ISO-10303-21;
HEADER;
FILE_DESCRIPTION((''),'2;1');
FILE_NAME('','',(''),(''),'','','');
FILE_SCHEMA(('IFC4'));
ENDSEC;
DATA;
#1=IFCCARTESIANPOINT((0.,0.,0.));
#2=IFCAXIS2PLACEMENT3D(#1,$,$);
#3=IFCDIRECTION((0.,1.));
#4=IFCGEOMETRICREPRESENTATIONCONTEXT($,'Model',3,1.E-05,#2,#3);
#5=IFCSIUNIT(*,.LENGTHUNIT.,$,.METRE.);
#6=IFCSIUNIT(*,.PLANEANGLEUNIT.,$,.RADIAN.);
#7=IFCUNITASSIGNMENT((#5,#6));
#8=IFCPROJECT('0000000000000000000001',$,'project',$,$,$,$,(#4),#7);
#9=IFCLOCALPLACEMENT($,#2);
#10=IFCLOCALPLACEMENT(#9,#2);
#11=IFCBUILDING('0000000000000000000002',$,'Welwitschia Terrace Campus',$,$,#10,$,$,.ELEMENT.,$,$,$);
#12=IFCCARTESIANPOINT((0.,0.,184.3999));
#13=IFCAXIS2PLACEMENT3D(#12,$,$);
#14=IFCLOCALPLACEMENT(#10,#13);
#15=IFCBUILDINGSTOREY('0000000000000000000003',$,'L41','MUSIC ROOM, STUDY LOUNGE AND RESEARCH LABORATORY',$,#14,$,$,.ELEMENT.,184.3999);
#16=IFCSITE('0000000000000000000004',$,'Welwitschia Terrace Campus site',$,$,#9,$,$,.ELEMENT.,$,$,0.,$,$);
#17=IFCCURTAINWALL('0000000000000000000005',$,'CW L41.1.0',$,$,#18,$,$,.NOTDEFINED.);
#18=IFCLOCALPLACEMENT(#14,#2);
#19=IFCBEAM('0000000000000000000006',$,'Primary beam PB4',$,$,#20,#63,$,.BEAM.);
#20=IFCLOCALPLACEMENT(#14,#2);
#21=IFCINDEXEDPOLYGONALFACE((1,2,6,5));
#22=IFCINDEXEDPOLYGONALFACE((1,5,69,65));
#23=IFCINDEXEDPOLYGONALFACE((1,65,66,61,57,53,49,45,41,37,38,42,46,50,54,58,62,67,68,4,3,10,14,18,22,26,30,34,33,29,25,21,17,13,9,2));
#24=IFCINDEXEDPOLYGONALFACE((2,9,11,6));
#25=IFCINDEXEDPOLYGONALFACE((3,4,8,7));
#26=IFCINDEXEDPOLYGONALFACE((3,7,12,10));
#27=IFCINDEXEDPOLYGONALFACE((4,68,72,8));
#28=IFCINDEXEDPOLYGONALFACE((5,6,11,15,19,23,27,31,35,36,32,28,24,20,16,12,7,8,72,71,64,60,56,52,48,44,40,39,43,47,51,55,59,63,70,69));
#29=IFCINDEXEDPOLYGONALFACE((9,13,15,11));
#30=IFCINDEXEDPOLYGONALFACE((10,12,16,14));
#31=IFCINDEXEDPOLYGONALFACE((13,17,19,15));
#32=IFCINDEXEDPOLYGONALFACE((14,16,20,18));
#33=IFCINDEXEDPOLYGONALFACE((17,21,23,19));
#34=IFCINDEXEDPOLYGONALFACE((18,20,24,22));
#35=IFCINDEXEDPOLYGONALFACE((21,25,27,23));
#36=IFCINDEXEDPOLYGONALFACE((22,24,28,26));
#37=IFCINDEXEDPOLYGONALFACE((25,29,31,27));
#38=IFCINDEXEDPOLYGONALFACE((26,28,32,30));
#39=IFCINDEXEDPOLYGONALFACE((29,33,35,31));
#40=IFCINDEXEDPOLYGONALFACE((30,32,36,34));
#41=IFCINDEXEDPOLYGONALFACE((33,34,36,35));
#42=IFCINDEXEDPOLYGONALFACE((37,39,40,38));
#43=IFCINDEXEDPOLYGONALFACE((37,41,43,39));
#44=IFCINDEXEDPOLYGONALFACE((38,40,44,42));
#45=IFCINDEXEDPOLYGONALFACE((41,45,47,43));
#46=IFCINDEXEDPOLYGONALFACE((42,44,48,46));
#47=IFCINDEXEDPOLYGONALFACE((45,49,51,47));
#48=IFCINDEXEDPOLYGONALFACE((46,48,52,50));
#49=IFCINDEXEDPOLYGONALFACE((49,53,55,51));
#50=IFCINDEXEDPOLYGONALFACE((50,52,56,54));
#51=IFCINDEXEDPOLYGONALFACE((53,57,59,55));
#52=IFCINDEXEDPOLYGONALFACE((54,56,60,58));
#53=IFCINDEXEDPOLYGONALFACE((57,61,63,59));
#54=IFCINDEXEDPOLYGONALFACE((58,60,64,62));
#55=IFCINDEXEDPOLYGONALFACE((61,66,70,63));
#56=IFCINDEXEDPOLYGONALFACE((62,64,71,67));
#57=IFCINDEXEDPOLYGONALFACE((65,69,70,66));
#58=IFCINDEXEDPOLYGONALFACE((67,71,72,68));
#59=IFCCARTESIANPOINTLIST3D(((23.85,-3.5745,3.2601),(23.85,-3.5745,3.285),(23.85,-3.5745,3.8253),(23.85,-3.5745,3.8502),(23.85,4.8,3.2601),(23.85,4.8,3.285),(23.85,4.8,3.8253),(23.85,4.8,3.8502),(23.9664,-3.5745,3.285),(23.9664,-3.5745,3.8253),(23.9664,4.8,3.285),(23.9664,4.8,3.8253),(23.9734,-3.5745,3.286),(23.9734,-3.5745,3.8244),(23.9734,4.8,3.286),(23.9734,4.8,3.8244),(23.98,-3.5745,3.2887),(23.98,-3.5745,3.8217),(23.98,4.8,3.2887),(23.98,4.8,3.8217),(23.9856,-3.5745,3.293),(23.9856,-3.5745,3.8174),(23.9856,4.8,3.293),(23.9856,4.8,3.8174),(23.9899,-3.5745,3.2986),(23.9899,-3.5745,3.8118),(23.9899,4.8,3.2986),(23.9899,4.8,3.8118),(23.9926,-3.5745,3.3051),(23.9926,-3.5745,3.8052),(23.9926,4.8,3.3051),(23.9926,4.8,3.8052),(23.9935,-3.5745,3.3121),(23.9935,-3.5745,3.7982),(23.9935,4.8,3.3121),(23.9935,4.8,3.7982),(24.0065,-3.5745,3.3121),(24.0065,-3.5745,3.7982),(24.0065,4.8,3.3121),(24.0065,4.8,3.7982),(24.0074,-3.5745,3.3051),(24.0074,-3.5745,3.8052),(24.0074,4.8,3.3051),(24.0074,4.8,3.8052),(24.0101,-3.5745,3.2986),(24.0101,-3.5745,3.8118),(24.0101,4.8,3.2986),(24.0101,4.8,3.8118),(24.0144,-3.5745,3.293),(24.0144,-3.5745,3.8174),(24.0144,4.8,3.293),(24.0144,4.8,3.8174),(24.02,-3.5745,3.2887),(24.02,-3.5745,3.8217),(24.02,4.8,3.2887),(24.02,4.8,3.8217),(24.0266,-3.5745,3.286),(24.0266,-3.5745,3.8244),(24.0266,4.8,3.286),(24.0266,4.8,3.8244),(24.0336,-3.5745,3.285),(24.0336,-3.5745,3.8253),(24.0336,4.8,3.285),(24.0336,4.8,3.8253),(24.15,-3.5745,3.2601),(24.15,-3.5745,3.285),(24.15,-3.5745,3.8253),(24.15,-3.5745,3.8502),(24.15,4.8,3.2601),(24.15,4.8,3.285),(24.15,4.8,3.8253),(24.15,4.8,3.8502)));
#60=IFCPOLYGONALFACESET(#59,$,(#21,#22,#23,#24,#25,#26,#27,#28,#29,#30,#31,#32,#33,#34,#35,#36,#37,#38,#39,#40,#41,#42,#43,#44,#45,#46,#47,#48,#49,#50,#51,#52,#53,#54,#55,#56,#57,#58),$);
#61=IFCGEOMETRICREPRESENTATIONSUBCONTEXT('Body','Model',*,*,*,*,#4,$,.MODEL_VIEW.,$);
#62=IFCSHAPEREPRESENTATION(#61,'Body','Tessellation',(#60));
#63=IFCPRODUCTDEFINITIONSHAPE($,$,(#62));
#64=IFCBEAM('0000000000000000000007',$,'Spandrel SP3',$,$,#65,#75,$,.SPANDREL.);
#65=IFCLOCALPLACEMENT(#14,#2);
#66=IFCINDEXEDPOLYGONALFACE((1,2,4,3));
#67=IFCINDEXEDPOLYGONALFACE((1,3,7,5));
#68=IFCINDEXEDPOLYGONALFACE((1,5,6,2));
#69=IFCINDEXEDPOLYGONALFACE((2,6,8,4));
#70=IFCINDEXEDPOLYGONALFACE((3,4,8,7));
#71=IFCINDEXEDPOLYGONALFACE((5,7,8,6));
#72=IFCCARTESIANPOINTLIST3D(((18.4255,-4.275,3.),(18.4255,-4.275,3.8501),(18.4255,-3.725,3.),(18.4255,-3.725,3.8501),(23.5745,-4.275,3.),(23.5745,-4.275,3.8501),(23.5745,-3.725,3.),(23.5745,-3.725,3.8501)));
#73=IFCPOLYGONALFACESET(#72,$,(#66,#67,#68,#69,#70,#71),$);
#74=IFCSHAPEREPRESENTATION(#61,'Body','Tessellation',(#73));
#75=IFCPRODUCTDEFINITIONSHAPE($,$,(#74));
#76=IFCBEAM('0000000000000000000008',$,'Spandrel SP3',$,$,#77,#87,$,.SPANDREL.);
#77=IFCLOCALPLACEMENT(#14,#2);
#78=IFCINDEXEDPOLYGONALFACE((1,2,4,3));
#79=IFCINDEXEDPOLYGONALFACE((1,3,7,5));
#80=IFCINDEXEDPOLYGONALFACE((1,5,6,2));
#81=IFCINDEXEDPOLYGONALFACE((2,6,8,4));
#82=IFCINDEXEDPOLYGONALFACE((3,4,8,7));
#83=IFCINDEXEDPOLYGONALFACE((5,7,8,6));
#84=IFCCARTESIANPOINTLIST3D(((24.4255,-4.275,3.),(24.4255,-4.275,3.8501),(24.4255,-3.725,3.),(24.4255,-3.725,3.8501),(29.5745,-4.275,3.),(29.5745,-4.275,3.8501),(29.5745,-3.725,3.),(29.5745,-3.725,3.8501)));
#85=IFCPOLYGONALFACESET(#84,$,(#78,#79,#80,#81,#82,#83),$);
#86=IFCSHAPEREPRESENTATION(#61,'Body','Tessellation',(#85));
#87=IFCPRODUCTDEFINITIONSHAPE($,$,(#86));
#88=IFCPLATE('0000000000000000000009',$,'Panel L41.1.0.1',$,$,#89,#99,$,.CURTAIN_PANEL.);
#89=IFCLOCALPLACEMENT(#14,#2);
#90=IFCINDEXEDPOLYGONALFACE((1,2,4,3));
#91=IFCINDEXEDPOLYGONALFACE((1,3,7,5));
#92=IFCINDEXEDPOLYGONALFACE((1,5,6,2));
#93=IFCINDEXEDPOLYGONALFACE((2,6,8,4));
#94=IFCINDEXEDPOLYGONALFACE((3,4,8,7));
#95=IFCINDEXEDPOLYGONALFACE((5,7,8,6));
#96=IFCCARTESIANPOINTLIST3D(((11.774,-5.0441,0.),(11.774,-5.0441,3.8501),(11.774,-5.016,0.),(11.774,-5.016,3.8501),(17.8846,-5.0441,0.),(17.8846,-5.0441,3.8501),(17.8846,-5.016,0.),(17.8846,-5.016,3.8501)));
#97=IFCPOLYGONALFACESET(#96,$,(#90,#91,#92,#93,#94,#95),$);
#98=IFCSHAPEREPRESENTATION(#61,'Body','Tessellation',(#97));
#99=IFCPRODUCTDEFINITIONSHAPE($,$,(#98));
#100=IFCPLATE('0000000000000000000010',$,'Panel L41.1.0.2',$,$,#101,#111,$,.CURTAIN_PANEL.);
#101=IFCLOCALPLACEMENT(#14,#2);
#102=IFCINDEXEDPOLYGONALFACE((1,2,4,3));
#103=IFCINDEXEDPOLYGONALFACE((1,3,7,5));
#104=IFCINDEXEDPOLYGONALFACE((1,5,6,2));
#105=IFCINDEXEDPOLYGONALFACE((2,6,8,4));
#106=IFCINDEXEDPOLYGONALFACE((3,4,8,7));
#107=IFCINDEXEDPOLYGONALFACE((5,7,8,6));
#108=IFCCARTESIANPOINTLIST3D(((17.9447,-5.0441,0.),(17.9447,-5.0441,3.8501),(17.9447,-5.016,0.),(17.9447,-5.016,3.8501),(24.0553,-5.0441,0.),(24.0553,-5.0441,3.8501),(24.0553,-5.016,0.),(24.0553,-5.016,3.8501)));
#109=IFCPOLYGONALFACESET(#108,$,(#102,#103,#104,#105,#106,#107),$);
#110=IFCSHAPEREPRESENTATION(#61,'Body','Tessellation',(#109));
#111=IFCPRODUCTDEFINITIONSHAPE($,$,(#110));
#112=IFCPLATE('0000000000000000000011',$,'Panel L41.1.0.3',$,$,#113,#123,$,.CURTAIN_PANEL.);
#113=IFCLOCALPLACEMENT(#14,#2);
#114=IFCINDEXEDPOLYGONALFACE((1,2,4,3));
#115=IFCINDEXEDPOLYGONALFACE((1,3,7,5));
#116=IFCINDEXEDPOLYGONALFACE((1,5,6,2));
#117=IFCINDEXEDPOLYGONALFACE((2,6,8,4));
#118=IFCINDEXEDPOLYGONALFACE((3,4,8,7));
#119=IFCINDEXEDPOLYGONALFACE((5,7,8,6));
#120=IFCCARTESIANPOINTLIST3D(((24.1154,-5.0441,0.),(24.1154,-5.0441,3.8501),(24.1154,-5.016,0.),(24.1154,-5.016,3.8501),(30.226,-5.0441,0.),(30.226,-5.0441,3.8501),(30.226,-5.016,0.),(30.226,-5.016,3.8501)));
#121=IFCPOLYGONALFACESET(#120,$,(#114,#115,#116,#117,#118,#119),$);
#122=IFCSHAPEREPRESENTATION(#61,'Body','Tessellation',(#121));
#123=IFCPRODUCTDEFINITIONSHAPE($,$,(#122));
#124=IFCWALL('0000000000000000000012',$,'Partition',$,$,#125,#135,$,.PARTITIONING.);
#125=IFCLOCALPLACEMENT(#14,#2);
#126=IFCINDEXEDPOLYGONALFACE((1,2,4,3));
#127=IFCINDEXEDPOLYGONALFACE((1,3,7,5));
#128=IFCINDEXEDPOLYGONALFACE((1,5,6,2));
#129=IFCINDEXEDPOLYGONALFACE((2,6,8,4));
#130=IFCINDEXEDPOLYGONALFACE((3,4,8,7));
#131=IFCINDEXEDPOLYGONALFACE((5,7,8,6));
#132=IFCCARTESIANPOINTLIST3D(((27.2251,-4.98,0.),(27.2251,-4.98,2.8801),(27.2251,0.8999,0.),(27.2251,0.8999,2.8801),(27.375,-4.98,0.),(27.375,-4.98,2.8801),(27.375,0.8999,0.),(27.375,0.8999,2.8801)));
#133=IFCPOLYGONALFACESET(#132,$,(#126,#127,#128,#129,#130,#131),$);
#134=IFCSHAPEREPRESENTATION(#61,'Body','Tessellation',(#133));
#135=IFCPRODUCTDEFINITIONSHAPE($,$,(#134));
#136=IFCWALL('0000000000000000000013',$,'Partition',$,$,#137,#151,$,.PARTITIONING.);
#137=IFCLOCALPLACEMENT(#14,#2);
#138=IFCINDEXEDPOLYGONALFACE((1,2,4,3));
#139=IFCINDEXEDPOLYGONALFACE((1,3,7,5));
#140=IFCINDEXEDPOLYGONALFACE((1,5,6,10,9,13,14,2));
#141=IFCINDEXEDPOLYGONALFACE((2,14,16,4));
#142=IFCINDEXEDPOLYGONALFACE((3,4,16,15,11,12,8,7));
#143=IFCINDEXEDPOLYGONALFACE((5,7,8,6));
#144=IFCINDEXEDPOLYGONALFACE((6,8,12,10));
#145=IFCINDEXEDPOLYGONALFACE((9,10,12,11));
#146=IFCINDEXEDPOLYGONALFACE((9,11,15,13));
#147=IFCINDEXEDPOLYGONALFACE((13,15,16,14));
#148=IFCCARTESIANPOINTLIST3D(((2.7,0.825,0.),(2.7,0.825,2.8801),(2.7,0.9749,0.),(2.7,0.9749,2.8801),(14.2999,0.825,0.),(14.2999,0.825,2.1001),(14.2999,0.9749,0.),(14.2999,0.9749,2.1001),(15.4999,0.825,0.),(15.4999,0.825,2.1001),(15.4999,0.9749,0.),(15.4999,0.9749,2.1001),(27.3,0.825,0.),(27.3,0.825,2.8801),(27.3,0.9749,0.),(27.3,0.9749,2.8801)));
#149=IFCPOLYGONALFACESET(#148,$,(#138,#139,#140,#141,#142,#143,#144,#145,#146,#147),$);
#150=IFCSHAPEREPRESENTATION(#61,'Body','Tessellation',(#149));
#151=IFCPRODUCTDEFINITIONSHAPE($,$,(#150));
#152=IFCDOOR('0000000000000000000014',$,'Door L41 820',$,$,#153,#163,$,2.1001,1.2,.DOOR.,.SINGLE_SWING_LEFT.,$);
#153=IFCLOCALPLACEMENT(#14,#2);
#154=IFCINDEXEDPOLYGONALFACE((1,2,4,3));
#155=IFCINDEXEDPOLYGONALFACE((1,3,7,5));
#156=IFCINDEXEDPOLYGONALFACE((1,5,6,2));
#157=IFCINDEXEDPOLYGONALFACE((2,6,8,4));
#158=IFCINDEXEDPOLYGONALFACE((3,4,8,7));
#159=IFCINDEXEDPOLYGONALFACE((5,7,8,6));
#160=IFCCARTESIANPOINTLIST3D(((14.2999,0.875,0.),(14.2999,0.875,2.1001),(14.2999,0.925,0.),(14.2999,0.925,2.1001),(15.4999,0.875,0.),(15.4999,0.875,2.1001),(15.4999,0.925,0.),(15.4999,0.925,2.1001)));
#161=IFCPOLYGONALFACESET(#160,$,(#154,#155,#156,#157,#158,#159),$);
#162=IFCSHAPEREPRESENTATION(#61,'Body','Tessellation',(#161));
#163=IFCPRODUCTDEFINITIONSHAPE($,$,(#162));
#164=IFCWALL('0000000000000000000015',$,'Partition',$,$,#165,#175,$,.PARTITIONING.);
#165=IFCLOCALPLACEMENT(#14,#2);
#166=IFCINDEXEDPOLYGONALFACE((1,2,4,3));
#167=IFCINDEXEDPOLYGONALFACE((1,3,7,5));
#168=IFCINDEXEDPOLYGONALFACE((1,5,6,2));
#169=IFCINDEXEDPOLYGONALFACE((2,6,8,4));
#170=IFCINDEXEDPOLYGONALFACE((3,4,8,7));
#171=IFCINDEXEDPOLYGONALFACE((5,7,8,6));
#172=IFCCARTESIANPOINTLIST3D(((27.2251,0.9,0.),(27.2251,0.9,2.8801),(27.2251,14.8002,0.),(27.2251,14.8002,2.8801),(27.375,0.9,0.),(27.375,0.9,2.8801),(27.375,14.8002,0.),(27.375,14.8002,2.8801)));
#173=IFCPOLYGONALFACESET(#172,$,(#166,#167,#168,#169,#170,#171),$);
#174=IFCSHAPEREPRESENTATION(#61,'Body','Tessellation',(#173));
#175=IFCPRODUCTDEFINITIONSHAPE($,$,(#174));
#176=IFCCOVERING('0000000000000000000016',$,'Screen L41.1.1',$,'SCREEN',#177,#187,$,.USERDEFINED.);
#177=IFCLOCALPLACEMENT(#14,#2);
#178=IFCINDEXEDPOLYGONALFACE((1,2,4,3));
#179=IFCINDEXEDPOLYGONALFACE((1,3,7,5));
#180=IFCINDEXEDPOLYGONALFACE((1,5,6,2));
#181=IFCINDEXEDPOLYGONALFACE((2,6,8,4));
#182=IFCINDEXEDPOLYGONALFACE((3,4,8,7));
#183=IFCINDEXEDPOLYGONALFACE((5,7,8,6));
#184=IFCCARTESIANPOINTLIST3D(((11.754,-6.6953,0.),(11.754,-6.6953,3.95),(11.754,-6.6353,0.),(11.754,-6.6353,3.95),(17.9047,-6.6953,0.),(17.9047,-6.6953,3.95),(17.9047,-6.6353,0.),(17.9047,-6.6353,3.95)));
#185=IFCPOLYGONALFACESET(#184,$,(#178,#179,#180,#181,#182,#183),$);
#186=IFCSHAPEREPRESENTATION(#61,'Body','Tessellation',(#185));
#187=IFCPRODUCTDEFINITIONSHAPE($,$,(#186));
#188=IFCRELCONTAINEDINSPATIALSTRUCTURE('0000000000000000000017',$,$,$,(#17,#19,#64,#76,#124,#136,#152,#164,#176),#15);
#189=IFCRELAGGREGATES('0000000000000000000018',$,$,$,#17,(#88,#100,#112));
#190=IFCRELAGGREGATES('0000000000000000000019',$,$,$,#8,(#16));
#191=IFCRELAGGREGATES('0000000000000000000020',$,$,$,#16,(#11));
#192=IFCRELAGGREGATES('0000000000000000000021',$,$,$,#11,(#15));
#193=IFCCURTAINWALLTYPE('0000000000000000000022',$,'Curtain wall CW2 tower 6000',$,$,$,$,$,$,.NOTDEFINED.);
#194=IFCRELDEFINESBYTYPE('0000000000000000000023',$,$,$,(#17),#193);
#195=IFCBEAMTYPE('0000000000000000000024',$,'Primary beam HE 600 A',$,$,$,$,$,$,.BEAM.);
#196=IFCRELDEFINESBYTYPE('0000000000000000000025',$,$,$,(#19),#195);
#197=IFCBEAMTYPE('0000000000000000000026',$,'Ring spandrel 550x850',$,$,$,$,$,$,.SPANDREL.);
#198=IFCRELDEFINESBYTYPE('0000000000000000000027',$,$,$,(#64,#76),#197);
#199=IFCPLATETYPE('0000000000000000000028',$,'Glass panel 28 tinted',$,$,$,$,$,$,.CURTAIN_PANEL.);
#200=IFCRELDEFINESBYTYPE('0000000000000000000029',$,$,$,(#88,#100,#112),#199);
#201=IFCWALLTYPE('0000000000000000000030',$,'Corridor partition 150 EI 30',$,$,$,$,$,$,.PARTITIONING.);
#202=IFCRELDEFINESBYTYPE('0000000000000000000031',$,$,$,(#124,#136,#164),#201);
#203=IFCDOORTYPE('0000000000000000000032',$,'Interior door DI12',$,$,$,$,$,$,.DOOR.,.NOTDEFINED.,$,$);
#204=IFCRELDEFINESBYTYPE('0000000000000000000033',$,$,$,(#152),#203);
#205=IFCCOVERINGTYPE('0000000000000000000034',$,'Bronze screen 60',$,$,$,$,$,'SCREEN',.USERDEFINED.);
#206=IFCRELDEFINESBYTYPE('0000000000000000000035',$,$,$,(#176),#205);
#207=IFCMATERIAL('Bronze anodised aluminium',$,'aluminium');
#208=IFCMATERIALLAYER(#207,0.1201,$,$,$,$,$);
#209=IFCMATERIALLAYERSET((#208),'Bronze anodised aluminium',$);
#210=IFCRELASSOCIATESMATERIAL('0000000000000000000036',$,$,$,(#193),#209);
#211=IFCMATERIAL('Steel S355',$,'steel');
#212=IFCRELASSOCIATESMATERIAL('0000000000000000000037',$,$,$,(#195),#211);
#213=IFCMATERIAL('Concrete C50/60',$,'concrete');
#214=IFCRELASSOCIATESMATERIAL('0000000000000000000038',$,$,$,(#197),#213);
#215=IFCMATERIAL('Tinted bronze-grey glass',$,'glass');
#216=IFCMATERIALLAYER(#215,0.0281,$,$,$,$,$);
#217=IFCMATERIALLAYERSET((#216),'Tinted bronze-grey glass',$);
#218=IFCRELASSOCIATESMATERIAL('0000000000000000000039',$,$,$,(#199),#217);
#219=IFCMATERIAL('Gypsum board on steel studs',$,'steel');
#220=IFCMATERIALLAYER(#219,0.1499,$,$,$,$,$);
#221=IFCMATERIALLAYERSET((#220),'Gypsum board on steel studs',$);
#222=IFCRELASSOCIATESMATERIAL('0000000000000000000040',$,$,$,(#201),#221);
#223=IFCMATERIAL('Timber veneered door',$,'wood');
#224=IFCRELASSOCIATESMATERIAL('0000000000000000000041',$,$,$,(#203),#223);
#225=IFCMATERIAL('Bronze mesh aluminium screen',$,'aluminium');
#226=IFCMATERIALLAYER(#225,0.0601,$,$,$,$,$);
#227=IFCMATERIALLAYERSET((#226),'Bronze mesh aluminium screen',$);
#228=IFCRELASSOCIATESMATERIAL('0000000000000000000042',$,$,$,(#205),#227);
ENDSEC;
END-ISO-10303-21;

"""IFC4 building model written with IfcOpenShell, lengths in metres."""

from ifc_helpers import new_model, si_unit, direction, frame, frame_2d, origin, origin_2d, place, context, subcontext, project, spatial, rectangle, i_section, extrude, material, layer, layer_set, material_profile, profile_set, type_object, element, fill, aggregate, save


model = new_model("IFC4")

# Units and contexts
model_context = context("Model", 3, precision=1e-05, world=origin(), true_north=direction((0.0, 1.0)))
body_context = subcontext(model_context, "Body", "Model", "MODEL_VIEW")
ifc_project = project(units=[si_unit("LENGTHUNIT", "METRE"), si_unit("PLANEANGLEUNIT", "RADIAN")], contexts=[model_context])

# Site, building, storey
site_placement = place(None, origin())
site = spatial("IfcSite", under=ifc_project, at=site_placement, Name="Welwitschia Terrace Campus site", CompositionType="ELEMENT", RefElevation=0.0)
building_placement = place(site_placement, origin())
building = spatial("IfcBuilding", under=site, at=building_placement, Name="Welwitschia Terrace Campus", CompositionType="ELEMENT")
storey_placement = place(building_placement, frame((0.0, 0.0, 184.3999)))
storey = spatial("IfcBuildingStorey", under=building, at=storey_placement, Name="L41", Description="MUSIC ROOM, STUDY LOUNGE AND RESEARCH LABORATORY", CompositionType="ELEMENT", Elevation=184.3999)

# Curtain wall
ifc_material_1 = material(Name="Bronze anodised aluminium", Category="aluminium")
ifc_layer_1 = layer(ifc_material_1, 0.1201)
ifc_layer_set_1 = layer_set([ifc_layer_1], Name="Bronze anodised aluminium")
curtain_wall_type = type_object("IfcCurtainWallType", Name="Curtain wall CW2 tower 6000", PredefinedType="NOTDEFINED", material=ifc_layer_set_1)
curtain_wall_placement = place(storey_placement, origin())
curtain_wall = element("IfcCurtainWall", 1, at=curtain_wall_placement, inside=storey, type_object=curtain_wall_type, Name="CW L41.1.0", PredefinedType="NOTDEFINED")

# Beams
ifc_material_2 = material(Name="Steel S355", Category="steel")
ifc_material_profile_1 = material_profile(ifc_material_2, i_section(OverallWidth=0.3, OverallDepth=0.5901, WebThickness=0.0129, FlangeThickness=0.0249, FilletRadius=0.0271, at=origin_2d()))
ifc_profile_set_1 = profile_set([ifc_material_profile_1], Name="Steel S355")
beam_type_1 = type_object("IfcBeamType", Name="Primary beam HE 600 A", PredefinedType="BEAM", material=ifc_profile_set_1)
beam_1_placement = place(storey_placement, frame((24.0, -3.5745, 3.5552), z_axis=(0.0, 1.0, 0.0), x_axis=(-1.0, 0.0, 0.0)))
element("IfcBeam", 2, at=beam_1_placement, inside=storey, type_object=beam_type_1, Name="Primary beam PB4", PredefinedType="BEAM", context=body_context, shape_type="SweptSolid", body=[
    extrude(i_section(OverallWidth=0.3, OverallDepth=0.5901, WebThickness=0.0129, FlangeThickness=0.0249, FilletRadius=0.0271, at=origin_2d()), origin(), (0.0, 0.0, 1.0), 8.3745),
])
ifc_material_3 = material(Name="Concrete C50/60", Category="concrete")
ifc_material_profile_2 = material_profile(ifc_material_3, rectangle(XDim=0.55, YDim=0.8501, at=origin_2d()))
ifc_profile_set_2 = profile_set([ifc_material_profile_2], Name="Concrete C50/60")
beam_type_2 = type_object("IfcBeamType", Name="Ring spandrel 550x850", PredefinedType="SPANDREL", material=ifc_profile_set_2)
for number, where, z_axis, x_axis, name in (
    (3, (18.4255, -4.0, 3.425), (1.0, 0.0, 0.0), (0.0, 1.0, 0.0), "Spandrel SP3"),
    (4, (24.4255, -4.0, 3.425), (1.0, 0.0, 0.0), (0.0, 1.0, 0.0), "Spandrel SP3"),
):
    element("IfcBeam", number, at=place(storey_placement, frame(where, z_axis=z_axis, x_axis=x_axis)), inside=storey, type_object=beam_type_2, Name=name, PredefinedType="SPANDREL", context=body_context, shape_type="SweptSolid", body=[
        extrude(rectangle(XDim=0.55, YDim=0.8501, at=origin_2d()), origin(), (0.0, 0.0, 1.0), 5.1489),
    ])

# Plates
ifc_material_4 = material(Name="Tinted bronze-grey glass", Category="glass")
ifc_layer_2 = layer(ifc_material_4, 0.0281)
ifc_layer_set_2 = layer_set([ifc_layer_2], Name="Tinted bronze-grey glass")
plate_type = type_object("IfcPlateType", Name="Glass panel 28 tinted", PredefinedType="CURTAIN_PANEL", material=ifc_layer_set_2)
plate_1_placement = place(storey_placement, frame((14.8293, -5.03, 0.0), z_axis=(0.0, 0.0, 1.0), x_axis=(1.0, 0.0, 0.0)))
plate_1 = element("IfcPlate", 5, at=plate_1_placement, type_object=plate_type, Name="Panel L41.1.0.1", PredefinedType="CURTAIN_PANEL", context=body_context, shape_type="SweptSolid", body=[
    extrude(rectangle(XDim=6.1106, YDim=0.0281, at=origin_2d()), origin(), (0.0, 0.0, 1.0), 3.8501),
])
plate_2_placement = place(storey_placement, frame((21.0, -5.03, 0.0), z_axis=(0.0, 0.0, 1.0), x_axis=(1.0, 0.0, 0.0)))
plate_2 = element("IfcPlate", 6, at=plate_2_placement, type_object=plate_type, Name="Panel L41.1.0.2", PredefinedType="CURTAIN_PANEL", context=body_context, shape_type="SweptSolid", body=[
    extrude(rectangle(XDim=6.1106, YDim=0.0281, at=origin_2d()), origin(), (0.0, 0.0, 1.0), 3.8501),
])
plate_3_placement = place(storey_placement, frame((27.1707, -5.03, 0.0), z_axis=(0.0, 0.0, 1.0), x_axis=(1.0, 0.0, 0.0)))
plate_3 = element("IfcPlate", 7, at=plate_3_placement, type_object=plate_type, Name="Panel L41.1.0.3", PredefinedType="CURTAIN_PANEL", context=body_context, shape_type="SweptSolid", body=[
    extrude(rectangle(XDim=6.1106, YDim=0.0281, at=origin_2d()), origin(), (0.0, 0.0, 1.0), 3.8501),
])
aggregate(curtain_wall, [plate_1, plate_2, plate_3])

# Wall
ifc_material_5 = material(Name="Gypsum board on steel studs", Category="steel")
ifc_layer_3 = layer(ifc_material_5, 0.1499)
ifc_layer_set_3 = layer_set([ifc_layer_3], Name="Gypsum board on steel studs")
wall_type = type_object("IfcWallType", Name="Corridor partition 150 EI 30", PredefinedType="PARTITIONING", material=ifc_layer_set_3)
wall_1_placement = place(storey_placement, frame((27.3, -4.98, 0.0), z_axis=(0.0, 0.0, 1.0), x_axis=(0.0, 1.0, 0.0)))
element("IfcWall", 8, at=wall_1_placement, inside=storey, type_object=wall_type, Name="Partition", PredefinedType="PARTITIONING", context=body_context, shape_type="SweptSolid", body=[
    extrude(rectangle(XDim=5.8799, YDim=0.1499, at=frame_2d((2.9399, 0.0))), origin(), (0.0, 0.0, 1.0), 2.8801),
])

# Wall, opening, door
wall_2_placement = place(storey_placement, frame((27.3, 0.8999, 0.0), z_axis=(0.0, 0.0, 1.0), x_axis=(-1.0, 0.0, 0.0)))
wall_2 = element("IfcWall", 9, at=wall_2_placement, inside=storey, type_object=wall_type, Name="Partition", PredefinedType="PARTITIONING", context=body_context, shape_type="SweptSolid", body=[
    extrude(rectangle(XDim=24.6001, YDim=0.1499, at=frame_2d((12.3, 0.0))), origin(), (0.0, 0.0, 1.0), 2.8801),
])
opening_placement = place(wall_2_placement, frame((11.8, 0.0, 0.0)))
opening = element("IfcOpeningElement", 10, at=opening_placement, cuts=wall_2, PredefinedType="OPENING", context=body_context, shape_type="SweptSolid", body=[
    extrude(rectangle(XDim=1.2, YDim=2.1001, at=frame_2d((0.6001, 1.05))), frame((0.0, 0.085, 0.0), z_axis=(0.0, -1.0, 0.0), x_axis=(1.0, 0.0, 0.0)), (0.0, 0.0, 1.0), 0.1699),
])
ifc_material_6 = material(Name="Timber veneered door", Category="wood")
door_type = type_object("IfcDoorType", Name="Interior door DI12", OperationType="NOTDEFINED", PredefinedType="DOOR", material=ifc_material_6)
door_placement = place(opening_placement, origin())
door = element("IfcDoor", 11, at=door_placement, inside=storey, type_object=door_type, Name="Door L41 820", OperationType="SINGLE_SWING_LEFT", OverallHeight=2.1001, OverallWidth=1.2, PredefinedType="DOOR", context=body_context, shape_type="SweptSolid", body=[
    extrude(rectangle(XDim=1.2, YDim=2.1001, at=frame_2d((0.6001, 1.05))), frame((0.0, 0.0249, 0.0), z_axis=(0.0, -1.0, 0.0), x_axis=(1.0, 0.0, 0.0)), (0.0, 0.0, 1.0), 0.05),
])
fill(opening, door)

# Wall
wall_3_placement = place(storey_placement, frame((27.3, 0.8999, 0.0), z_axis=(0.0, 0.0, 1.0), x_axis=(0.0, 1.0, 0.0)))
element("IfcWall", 12, at=wall_3_placement, inside=storey, type_object=wall_type, Name="Partition", PredefinedType="PARTITIONING", context=body_context, shape_type="SweptSolid", body=[
    extrude(rectangle(XDim=13.9001, YDim=0.1499, at=frame_2d((6.9502, 0.0))), origin(), (0.0, 0.0, 1.0), 2.8801),
])

# Covering
ifc_material_7 = material(Name="Bronze mesh aluminium screen", Category="aluminium")
ifc_layer_4 = layer(ifc_material_7, 0.0601)
ifc_layer_set_4 = layer_set([ifc_layer_4], Name="Bronze mesh aluminium screen")
covering_type = type_object("IfcCoveringType", Name="Bronze screen 60", ElementType="SCREEN", PredefinedType="USERDEFINED", material=ifc_layer_set_4)
for number, where, z_axis, x_axis, name in (
    (13, (14.8293, -6.6653, 0.0), (0.0, 0.0, 1.0), (1.0, 0.0, 0.0), "Screen L41.1.1"),
):
    element("IfcCovering", number, at=place(storey_placement, frame(where, z_axis=z_axis, x_axis=x_axis)), inside=storey, type_object=covering_type, Name=name, ObjectType="SCREEN", PredefinedType="USERDEFINED", context=body_context, shape_type="SweptSolid", body=[
        extrude(rectangle(XDim=6.1506, YDim=0.0601, at=origin_2d()), origin(), (0.0, 0.0, 1.0), 3.95),
    ])

save(model, "model.ifc")
